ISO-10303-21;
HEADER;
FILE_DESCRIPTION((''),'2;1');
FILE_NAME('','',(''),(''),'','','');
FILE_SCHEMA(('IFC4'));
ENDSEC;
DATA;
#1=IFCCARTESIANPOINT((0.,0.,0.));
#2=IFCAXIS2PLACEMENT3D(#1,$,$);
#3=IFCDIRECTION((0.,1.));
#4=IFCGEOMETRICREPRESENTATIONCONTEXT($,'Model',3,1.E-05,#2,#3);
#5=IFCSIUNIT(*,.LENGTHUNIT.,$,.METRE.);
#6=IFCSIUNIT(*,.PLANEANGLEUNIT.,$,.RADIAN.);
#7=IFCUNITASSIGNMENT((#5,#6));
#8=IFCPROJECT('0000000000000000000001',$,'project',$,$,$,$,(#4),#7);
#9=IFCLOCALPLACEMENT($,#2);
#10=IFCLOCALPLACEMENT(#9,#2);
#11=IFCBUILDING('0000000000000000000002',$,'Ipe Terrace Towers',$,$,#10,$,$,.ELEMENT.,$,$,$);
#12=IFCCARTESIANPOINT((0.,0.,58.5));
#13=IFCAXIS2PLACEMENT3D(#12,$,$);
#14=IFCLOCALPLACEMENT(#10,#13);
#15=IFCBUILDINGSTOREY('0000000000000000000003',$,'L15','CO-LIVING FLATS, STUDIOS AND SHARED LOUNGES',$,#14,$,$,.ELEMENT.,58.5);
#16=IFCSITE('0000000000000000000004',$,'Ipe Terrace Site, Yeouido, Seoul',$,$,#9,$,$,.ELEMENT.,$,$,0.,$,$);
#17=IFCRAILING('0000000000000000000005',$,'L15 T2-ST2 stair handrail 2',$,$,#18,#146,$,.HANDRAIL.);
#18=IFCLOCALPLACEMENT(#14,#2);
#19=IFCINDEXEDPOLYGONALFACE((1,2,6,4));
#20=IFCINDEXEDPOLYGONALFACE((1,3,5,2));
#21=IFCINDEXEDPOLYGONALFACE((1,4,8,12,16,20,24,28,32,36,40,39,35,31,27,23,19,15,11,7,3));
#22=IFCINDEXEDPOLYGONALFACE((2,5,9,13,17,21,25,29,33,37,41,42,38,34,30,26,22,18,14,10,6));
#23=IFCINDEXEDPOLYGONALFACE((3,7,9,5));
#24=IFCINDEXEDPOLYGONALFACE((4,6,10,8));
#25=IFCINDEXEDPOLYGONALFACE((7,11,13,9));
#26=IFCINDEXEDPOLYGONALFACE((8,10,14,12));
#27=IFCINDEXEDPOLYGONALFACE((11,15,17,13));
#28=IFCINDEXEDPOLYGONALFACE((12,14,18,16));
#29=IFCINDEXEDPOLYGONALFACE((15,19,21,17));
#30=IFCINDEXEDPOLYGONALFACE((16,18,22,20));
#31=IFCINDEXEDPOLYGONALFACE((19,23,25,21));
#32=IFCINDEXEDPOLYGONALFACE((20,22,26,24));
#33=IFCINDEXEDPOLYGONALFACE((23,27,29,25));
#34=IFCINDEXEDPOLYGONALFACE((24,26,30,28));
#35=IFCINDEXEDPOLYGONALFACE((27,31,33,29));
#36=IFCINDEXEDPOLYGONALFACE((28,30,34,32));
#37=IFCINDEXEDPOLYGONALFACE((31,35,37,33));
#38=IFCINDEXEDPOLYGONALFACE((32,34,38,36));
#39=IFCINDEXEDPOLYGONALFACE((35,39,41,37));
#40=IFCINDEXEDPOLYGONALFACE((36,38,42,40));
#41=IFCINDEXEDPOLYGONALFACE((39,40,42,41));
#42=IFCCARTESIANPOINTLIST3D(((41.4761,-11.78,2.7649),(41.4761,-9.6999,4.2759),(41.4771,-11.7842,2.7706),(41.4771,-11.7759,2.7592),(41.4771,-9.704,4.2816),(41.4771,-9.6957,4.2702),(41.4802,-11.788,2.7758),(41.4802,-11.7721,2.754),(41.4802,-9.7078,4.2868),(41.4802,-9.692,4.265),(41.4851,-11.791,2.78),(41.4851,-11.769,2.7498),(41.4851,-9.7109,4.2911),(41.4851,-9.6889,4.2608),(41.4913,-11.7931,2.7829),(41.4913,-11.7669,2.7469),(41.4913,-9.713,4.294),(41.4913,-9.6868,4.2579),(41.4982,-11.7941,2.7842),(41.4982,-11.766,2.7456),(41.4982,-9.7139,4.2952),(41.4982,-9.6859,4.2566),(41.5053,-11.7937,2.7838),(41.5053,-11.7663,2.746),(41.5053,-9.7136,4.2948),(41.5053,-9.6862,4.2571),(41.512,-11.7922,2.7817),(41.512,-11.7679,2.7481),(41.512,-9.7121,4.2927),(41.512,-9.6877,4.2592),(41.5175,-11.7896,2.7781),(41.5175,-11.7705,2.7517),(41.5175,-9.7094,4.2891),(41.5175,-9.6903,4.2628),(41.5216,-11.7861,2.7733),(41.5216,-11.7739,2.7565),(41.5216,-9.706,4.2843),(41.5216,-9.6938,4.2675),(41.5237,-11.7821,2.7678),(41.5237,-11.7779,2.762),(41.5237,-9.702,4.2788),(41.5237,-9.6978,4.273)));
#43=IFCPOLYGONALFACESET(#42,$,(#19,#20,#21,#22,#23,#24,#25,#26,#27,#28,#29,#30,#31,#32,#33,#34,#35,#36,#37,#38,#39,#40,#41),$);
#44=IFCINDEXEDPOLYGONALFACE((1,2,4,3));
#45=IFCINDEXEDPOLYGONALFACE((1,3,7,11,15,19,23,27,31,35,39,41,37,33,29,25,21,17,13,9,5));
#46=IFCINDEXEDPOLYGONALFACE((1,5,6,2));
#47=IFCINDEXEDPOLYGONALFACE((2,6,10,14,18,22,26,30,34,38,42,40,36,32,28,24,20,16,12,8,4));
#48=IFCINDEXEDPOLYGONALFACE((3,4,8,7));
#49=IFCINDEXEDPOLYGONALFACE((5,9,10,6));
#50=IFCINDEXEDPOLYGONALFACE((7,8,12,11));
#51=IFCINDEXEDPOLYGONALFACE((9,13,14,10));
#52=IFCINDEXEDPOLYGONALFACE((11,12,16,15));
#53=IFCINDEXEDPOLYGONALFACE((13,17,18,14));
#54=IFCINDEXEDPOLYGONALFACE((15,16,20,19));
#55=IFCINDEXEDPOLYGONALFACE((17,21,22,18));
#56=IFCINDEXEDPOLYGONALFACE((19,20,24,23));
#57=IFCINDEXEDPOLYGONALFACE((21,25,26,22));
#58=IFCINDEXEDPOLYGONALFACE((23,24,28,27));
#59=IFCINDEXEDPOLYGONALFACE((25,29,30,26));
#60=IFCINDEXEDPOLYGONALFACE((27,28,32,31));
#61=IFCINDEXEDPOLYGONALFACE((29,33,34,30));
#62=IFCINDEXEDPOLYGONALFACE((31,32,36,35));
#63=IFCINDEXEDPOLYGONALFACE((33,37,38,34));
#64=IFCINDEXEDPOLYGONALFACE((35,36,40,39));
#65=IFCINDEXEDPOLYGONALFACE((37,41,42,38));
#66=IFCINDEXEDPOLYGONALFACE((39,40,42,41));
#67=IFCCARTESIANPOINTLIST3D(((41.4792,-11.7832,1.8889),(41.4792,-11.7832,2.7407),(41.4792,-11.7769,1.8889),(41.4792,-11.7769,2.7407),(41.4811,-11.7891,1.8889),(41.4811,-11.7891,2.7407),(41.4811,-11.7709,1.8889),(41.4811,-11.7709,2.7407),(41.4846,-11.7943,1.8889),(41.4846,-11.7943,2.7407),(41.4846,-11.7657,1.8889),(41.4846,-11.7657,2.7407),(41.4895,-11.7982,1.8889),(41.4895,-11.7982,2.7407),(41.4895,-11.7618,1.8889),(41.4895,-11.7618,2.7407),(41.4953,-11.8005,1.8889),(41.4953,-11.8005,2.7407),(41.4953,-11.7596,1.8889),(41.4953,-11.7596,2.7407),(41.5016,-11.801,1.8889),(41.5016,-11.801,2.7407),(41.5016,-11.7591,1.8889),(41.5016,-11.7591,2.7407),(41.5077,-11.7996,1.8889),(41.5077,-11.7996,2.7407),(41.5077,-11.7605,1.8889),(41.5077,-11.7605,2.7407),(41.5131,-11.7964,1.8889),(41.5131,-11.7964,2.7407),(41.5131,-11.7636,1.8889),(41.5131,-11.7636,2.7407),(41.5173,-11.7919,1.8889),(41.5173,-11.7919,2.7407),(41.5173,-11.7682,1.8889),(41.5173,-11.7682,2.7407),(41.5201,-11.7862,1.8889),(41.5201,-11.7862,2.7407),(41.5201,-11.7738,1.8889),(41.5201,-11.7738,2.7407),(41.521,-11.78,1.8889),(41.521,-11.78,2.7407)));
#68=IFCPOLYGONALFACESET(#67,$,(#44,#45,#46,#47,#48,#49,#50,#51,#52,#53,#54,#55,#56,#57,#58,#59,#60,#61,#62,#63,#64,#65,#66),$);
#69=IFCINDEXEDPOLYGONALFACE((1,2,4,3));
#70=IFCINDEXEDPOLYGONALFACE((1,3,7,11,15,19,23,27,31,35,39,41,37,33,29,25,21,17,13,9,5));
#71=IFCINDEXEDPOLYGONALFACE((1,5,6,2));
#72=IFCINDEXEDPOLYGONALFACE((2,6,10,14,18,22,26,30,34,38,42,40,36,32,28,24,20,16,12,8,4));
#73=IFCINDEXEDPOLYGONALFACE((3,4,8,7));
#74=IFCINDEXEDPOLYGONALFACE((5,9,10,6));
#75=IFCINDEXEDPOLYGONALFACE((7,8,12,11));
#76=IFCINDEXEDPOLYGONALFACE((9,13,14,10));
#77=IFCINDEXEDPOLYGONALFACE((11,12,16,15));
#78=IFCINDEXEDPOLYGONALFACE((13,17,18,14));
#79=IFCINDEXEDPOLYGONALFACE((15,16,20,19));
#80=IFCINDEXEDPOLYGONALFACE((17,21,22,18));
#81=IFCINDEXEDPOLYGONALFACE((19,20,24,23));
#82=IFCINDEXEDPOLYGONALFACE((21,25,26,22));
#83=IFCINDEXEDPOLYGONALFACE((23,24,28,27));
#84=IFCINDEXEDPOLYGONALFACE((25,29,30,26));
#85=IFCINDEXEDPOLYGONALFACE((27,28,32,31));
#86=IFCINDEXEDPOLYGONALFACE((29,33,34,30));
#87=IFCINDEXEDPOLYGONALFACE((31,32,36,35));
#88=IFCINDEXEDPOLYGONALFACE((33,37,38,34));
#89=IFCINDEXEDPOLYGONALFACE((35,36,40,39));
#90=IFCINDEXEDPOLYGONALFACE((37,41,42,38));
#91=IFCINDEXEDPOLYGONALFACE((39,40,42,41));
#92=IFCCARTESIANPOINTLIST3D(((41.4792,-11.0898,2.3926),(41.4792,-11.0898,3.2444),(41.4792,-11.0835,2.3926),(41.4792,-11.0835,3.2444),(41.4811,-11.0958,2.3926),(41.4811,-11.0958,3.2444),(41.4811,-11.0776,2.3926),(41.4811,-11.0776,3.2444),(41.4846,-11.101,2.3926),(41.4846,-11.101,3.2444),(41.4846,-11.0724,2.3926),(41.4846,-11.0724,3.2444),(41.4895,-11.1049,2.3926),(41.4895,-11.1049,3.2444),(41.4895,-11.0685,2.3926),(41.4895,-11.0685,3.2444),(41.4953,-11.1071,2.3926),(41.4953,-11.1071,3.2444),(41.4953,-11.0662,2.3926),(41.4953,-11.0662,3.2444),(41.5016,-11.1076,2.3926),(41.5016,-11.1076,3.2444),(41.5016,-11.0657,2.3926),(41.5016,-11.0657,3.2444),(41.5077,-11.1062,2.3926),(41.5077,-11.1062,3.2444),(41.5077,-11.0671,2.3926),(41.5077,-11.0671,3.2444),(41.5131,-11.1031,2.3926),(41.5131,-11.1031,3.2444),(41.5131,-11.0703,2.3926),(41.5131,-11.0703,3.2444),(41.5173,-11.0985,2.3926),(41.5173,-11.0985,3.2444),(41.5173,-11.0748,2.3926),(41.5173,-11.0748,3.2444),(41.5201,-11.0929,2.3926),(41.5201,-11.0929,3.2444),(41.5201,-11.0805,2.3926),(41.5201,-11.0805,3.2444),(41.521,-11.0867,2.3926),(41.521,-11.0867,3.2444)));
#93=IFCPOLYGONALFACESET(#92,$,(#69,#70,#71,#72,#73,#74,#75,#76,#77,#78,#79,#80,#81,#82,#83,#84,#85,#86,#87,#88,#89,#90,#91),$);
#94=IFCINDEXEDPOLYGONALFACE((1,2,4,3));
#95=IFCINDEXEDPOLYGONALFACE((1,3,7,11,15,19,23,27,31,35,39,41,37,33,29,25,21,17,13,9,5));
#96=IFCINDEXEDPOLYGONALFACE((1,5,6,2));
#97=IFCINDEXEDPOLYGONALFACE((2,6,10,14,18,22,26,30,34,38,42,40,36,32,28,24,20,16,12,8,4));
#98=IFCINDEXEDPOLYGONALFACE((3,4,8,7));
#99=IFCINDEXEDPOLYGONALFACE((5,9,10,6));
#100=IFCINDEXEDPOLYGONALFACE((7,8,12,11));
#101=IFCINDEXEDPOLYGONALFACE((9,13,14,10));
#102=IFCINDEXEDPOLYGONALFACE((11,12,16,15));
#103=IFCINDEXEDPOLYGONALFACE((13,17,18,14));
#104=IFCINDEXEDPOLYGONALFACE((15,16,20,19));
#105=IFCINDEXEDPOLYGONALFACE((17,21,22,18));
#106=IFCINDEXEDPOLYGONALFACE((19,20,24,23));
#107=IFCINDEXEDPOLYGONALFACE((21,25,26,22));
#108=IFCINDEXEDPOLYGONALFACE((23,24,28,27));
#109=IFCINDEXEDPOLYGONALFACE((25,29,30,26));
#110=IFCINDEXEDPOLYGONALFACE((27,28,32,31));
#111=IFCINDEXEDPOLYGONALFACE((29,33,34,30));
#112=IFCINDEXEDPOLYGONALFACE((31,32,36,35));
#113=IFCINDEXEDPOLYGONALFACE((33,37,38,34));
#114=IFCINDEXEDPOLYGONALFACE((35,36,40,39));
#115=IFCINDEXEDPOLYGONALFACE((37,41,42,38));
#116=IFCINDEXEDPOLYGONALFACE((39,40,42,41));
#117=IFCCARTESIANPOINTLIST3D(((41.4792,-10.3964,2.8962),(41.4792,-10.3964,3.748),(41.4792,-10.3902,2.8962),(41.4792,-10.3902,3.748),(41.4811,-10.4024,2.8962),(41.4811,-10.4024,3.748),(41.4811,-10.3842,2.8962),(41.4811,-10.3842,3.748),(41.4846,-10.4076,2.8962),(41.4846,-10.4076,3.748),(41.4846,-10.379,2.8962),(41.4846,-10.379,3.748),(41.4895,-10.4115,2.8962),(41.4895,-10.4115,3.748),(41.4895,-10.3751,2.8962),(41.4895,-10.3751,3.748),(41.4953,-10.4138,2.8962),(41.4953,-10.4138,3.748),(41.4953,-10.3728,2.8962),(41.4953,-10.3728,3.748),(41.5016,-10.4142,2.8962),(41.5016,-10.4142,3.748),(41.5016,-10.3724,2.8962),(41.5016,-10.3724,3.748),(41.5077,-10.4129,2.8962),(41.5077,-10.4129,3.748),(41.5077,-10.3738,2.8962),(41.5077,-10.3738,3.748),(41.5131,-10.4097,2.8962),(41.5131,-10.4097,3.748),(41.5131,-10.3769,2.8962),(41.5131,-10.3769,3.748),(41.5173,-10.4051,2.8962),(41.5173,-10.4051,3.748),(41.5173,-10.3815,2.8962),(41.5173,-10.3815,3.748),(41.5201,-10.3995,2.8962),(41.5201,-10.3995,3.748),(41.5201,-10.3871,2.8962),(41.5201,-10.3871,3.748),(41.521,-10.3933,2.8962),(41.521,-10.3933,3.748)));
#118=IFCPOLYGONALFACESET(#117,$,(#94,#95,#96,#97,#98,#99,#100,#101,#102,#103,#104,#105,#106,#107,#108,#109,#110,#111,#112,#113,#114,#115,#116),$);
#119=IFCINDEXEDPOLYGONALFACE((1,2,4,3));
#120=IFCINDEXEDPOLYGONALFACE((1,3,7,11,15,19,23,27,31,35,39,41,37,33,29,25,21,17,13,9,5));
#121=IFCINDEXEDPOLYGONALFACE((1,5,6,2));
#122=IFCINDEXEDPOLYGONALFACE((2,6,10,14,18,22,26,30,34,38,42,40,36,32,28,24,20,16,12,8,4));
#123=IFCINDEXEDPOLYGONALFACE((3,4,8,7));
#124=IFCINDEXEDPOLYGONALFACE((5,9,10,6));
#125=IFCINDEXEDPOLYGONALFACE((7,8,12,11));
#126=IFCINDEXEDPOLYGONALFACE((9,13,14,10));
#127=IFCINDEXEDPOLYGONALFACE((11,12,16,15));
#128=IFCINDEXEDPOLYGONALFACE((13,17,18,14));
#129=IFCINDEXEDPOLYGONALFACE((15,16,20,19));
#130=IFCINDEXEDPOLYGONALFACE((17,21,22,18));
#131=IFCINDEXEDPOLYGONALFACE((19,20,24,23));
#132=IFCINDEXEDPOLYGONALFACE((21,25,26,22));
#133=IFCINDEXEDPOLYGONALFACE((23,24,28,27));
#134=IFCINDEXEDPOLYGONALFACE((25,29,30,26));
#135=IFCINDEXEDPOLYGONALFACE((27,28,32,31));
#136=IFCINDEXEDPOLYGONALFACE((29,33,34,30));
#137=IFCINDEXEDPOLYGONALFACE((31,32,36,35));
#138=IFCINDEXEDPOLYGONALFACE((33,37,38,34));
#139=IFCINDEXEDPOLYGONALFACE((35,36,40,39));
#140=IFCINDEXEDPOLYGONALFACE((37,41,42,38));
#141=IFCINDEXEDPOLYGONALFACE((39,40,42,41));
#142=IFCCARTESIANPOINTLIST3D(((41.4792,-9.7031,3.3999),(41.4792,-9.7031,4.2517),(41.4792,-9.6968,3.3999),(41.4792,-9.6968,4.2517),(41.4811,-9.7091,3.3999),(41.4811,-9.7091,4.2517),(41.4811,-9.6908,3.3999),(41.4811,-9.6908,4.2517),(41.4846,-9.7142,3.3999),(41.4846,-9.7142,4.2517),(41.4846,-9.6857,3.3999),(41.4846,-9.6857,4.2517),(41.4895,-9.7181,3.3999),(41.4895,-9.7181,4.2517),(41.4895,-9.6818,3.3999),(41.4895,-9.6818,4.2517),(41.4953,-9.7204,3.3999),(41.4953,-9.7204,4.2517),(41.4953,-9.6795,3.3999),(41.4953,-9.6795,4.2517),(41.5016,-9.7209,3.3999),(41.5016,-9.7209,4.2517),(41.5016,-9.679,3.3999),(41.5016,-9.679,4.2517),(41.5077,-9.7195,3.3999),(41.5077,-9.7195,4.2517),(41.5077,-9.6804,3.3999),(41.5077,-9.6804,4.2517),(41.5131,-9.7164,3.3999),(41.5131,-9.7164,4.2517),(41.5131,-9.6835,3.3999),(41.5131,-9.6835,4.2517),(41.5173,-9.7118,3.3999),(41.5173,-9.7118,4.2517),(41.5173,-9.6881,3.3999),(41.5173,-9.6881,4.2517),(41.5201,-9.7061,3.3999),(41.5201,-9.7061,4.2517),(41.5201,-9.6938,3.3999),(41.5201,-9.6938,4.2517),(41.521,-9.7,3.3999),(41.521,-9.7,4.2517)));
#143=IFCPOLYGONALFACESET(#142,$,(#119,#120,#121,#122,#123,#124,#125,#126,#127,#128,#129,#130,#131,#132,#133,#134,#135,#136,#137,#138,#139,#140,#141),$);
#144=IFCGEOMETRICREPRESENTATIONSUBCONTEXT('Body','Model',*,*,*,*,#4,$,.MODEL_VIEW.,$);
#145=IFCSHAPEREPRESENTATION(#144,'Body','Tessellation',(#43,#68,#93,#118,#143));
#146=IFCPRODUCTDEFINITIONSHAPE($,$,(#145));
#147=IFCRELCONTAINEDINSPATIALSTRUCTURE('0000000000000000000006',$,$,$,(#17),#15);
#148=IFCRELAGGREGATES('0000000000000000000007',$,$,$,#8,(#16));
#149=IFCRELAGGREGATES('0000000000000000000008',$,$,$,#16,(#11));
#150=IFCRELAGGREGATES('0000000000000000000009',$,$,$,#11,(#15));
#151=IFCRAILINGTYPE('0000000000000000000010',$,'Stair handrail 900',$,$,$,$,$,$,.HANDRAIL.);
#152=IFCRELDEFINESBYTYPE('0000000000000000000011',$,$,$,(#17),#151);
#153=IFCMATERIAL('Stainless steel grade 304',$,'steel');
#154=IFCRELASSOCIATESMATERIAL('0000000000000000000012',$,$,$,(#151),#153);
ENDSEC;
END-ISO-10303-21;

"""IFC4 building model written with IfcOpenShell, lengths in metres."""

from ifc_helpers import new_model, si_unit, direction, frame, origin, origin_2d, place, context, subcontext, project, spatial, circle, extrude, material, type_object, element, save


model = new_model("IFC4")

# Units and contexts
model_context = context("Model", 3, precision=1e-05, world=origin(), true_north=direction((0.0, 1.0)))
body_context = subcontext(model_context, "Body", "Model", "MODEL_VIEW")
ifc_project = project(units=[si_unit("LENGTHUNIT", "METRE"), si_unit("PLANEANGLEUNIT", "RADIAN")], contexts=[model_context])

# Site, building, storey
site_placement = place(None, origin())
site = spatial("IfcSite", under=ifc_project, at=site_placement, Name="Ipe Terrace Site, Yeouido, Seoul", CompositionType="ELEMENT", RefElevation=0.0)
building_placement = place(site_placement, origin())
building = spatial("IfcBuilding", under=site, at=building_placement, Name="Ipe Terrace Towers", CompositionType="ELEMENT")
storey_placement = place(building_placement, frame((0.0, 0.0, 58.5)))
storey = spatial("IfcBuildingStorey", under=building, at=storey_placement, Name="L15", Description="CO-LIVING FLATS, STUDIOS AND SHARED LOUNGES", CompositionType="ELEMENT", Elevation=58.5)

# Railing
ifc_material_1 = material(Name="Stainless steel grade 304", Category="steel")
railing_type_1 = type_object("IfcRailingType", Name="Stair handrail 900", PredefinedType="HANDRAIL", material=ifc_material_1)
railing_1_placement = place(storey_placement, frame((41.5, -11.78, 1.8889)))
element("IfcRailing", 1, at=railing_1_placement, inside=storey, type_object=railing_type_1, Name="L15 T2-ST2 stair handrail 2", PredefinedType="HANDRAIL", context=body_context, shape_type="SweptSolid", body=[
    extrude(circle(Radius=0.0239, at=origin_2d()), frame((0.0, 0.0, 0.876), z_axis=(0.0, 0.809069, 0.587714), x_axis=(-1.0, 0.0, 0.0)), (0.0, 0.0, 1.0), 2.571),
    extrude(circle(Radius=0.021, at=origin_2d()), origin(), (0.0, 0.0, 1.0), 0.8518),
    extrude(circle(Radius=0.021, at=origin_2d()), frame((0.0, 0.6934, 0.5037)), (0.0, 0.0, 1.0), 0.8518),
    extrude(circle(Radius=0.021, at=origin_2d()), frame((0.0, 1.3867, 1.0073)), (0.0, 0.0, 1.0), 0.8518),
    extrude(circle(Radius=0.021, at=origin_2d()), frame((0.0, 2.0801, 1.511)), (0.0, 0.0, 1.0), 0.8518),
])

save(model, "model.ifc")
